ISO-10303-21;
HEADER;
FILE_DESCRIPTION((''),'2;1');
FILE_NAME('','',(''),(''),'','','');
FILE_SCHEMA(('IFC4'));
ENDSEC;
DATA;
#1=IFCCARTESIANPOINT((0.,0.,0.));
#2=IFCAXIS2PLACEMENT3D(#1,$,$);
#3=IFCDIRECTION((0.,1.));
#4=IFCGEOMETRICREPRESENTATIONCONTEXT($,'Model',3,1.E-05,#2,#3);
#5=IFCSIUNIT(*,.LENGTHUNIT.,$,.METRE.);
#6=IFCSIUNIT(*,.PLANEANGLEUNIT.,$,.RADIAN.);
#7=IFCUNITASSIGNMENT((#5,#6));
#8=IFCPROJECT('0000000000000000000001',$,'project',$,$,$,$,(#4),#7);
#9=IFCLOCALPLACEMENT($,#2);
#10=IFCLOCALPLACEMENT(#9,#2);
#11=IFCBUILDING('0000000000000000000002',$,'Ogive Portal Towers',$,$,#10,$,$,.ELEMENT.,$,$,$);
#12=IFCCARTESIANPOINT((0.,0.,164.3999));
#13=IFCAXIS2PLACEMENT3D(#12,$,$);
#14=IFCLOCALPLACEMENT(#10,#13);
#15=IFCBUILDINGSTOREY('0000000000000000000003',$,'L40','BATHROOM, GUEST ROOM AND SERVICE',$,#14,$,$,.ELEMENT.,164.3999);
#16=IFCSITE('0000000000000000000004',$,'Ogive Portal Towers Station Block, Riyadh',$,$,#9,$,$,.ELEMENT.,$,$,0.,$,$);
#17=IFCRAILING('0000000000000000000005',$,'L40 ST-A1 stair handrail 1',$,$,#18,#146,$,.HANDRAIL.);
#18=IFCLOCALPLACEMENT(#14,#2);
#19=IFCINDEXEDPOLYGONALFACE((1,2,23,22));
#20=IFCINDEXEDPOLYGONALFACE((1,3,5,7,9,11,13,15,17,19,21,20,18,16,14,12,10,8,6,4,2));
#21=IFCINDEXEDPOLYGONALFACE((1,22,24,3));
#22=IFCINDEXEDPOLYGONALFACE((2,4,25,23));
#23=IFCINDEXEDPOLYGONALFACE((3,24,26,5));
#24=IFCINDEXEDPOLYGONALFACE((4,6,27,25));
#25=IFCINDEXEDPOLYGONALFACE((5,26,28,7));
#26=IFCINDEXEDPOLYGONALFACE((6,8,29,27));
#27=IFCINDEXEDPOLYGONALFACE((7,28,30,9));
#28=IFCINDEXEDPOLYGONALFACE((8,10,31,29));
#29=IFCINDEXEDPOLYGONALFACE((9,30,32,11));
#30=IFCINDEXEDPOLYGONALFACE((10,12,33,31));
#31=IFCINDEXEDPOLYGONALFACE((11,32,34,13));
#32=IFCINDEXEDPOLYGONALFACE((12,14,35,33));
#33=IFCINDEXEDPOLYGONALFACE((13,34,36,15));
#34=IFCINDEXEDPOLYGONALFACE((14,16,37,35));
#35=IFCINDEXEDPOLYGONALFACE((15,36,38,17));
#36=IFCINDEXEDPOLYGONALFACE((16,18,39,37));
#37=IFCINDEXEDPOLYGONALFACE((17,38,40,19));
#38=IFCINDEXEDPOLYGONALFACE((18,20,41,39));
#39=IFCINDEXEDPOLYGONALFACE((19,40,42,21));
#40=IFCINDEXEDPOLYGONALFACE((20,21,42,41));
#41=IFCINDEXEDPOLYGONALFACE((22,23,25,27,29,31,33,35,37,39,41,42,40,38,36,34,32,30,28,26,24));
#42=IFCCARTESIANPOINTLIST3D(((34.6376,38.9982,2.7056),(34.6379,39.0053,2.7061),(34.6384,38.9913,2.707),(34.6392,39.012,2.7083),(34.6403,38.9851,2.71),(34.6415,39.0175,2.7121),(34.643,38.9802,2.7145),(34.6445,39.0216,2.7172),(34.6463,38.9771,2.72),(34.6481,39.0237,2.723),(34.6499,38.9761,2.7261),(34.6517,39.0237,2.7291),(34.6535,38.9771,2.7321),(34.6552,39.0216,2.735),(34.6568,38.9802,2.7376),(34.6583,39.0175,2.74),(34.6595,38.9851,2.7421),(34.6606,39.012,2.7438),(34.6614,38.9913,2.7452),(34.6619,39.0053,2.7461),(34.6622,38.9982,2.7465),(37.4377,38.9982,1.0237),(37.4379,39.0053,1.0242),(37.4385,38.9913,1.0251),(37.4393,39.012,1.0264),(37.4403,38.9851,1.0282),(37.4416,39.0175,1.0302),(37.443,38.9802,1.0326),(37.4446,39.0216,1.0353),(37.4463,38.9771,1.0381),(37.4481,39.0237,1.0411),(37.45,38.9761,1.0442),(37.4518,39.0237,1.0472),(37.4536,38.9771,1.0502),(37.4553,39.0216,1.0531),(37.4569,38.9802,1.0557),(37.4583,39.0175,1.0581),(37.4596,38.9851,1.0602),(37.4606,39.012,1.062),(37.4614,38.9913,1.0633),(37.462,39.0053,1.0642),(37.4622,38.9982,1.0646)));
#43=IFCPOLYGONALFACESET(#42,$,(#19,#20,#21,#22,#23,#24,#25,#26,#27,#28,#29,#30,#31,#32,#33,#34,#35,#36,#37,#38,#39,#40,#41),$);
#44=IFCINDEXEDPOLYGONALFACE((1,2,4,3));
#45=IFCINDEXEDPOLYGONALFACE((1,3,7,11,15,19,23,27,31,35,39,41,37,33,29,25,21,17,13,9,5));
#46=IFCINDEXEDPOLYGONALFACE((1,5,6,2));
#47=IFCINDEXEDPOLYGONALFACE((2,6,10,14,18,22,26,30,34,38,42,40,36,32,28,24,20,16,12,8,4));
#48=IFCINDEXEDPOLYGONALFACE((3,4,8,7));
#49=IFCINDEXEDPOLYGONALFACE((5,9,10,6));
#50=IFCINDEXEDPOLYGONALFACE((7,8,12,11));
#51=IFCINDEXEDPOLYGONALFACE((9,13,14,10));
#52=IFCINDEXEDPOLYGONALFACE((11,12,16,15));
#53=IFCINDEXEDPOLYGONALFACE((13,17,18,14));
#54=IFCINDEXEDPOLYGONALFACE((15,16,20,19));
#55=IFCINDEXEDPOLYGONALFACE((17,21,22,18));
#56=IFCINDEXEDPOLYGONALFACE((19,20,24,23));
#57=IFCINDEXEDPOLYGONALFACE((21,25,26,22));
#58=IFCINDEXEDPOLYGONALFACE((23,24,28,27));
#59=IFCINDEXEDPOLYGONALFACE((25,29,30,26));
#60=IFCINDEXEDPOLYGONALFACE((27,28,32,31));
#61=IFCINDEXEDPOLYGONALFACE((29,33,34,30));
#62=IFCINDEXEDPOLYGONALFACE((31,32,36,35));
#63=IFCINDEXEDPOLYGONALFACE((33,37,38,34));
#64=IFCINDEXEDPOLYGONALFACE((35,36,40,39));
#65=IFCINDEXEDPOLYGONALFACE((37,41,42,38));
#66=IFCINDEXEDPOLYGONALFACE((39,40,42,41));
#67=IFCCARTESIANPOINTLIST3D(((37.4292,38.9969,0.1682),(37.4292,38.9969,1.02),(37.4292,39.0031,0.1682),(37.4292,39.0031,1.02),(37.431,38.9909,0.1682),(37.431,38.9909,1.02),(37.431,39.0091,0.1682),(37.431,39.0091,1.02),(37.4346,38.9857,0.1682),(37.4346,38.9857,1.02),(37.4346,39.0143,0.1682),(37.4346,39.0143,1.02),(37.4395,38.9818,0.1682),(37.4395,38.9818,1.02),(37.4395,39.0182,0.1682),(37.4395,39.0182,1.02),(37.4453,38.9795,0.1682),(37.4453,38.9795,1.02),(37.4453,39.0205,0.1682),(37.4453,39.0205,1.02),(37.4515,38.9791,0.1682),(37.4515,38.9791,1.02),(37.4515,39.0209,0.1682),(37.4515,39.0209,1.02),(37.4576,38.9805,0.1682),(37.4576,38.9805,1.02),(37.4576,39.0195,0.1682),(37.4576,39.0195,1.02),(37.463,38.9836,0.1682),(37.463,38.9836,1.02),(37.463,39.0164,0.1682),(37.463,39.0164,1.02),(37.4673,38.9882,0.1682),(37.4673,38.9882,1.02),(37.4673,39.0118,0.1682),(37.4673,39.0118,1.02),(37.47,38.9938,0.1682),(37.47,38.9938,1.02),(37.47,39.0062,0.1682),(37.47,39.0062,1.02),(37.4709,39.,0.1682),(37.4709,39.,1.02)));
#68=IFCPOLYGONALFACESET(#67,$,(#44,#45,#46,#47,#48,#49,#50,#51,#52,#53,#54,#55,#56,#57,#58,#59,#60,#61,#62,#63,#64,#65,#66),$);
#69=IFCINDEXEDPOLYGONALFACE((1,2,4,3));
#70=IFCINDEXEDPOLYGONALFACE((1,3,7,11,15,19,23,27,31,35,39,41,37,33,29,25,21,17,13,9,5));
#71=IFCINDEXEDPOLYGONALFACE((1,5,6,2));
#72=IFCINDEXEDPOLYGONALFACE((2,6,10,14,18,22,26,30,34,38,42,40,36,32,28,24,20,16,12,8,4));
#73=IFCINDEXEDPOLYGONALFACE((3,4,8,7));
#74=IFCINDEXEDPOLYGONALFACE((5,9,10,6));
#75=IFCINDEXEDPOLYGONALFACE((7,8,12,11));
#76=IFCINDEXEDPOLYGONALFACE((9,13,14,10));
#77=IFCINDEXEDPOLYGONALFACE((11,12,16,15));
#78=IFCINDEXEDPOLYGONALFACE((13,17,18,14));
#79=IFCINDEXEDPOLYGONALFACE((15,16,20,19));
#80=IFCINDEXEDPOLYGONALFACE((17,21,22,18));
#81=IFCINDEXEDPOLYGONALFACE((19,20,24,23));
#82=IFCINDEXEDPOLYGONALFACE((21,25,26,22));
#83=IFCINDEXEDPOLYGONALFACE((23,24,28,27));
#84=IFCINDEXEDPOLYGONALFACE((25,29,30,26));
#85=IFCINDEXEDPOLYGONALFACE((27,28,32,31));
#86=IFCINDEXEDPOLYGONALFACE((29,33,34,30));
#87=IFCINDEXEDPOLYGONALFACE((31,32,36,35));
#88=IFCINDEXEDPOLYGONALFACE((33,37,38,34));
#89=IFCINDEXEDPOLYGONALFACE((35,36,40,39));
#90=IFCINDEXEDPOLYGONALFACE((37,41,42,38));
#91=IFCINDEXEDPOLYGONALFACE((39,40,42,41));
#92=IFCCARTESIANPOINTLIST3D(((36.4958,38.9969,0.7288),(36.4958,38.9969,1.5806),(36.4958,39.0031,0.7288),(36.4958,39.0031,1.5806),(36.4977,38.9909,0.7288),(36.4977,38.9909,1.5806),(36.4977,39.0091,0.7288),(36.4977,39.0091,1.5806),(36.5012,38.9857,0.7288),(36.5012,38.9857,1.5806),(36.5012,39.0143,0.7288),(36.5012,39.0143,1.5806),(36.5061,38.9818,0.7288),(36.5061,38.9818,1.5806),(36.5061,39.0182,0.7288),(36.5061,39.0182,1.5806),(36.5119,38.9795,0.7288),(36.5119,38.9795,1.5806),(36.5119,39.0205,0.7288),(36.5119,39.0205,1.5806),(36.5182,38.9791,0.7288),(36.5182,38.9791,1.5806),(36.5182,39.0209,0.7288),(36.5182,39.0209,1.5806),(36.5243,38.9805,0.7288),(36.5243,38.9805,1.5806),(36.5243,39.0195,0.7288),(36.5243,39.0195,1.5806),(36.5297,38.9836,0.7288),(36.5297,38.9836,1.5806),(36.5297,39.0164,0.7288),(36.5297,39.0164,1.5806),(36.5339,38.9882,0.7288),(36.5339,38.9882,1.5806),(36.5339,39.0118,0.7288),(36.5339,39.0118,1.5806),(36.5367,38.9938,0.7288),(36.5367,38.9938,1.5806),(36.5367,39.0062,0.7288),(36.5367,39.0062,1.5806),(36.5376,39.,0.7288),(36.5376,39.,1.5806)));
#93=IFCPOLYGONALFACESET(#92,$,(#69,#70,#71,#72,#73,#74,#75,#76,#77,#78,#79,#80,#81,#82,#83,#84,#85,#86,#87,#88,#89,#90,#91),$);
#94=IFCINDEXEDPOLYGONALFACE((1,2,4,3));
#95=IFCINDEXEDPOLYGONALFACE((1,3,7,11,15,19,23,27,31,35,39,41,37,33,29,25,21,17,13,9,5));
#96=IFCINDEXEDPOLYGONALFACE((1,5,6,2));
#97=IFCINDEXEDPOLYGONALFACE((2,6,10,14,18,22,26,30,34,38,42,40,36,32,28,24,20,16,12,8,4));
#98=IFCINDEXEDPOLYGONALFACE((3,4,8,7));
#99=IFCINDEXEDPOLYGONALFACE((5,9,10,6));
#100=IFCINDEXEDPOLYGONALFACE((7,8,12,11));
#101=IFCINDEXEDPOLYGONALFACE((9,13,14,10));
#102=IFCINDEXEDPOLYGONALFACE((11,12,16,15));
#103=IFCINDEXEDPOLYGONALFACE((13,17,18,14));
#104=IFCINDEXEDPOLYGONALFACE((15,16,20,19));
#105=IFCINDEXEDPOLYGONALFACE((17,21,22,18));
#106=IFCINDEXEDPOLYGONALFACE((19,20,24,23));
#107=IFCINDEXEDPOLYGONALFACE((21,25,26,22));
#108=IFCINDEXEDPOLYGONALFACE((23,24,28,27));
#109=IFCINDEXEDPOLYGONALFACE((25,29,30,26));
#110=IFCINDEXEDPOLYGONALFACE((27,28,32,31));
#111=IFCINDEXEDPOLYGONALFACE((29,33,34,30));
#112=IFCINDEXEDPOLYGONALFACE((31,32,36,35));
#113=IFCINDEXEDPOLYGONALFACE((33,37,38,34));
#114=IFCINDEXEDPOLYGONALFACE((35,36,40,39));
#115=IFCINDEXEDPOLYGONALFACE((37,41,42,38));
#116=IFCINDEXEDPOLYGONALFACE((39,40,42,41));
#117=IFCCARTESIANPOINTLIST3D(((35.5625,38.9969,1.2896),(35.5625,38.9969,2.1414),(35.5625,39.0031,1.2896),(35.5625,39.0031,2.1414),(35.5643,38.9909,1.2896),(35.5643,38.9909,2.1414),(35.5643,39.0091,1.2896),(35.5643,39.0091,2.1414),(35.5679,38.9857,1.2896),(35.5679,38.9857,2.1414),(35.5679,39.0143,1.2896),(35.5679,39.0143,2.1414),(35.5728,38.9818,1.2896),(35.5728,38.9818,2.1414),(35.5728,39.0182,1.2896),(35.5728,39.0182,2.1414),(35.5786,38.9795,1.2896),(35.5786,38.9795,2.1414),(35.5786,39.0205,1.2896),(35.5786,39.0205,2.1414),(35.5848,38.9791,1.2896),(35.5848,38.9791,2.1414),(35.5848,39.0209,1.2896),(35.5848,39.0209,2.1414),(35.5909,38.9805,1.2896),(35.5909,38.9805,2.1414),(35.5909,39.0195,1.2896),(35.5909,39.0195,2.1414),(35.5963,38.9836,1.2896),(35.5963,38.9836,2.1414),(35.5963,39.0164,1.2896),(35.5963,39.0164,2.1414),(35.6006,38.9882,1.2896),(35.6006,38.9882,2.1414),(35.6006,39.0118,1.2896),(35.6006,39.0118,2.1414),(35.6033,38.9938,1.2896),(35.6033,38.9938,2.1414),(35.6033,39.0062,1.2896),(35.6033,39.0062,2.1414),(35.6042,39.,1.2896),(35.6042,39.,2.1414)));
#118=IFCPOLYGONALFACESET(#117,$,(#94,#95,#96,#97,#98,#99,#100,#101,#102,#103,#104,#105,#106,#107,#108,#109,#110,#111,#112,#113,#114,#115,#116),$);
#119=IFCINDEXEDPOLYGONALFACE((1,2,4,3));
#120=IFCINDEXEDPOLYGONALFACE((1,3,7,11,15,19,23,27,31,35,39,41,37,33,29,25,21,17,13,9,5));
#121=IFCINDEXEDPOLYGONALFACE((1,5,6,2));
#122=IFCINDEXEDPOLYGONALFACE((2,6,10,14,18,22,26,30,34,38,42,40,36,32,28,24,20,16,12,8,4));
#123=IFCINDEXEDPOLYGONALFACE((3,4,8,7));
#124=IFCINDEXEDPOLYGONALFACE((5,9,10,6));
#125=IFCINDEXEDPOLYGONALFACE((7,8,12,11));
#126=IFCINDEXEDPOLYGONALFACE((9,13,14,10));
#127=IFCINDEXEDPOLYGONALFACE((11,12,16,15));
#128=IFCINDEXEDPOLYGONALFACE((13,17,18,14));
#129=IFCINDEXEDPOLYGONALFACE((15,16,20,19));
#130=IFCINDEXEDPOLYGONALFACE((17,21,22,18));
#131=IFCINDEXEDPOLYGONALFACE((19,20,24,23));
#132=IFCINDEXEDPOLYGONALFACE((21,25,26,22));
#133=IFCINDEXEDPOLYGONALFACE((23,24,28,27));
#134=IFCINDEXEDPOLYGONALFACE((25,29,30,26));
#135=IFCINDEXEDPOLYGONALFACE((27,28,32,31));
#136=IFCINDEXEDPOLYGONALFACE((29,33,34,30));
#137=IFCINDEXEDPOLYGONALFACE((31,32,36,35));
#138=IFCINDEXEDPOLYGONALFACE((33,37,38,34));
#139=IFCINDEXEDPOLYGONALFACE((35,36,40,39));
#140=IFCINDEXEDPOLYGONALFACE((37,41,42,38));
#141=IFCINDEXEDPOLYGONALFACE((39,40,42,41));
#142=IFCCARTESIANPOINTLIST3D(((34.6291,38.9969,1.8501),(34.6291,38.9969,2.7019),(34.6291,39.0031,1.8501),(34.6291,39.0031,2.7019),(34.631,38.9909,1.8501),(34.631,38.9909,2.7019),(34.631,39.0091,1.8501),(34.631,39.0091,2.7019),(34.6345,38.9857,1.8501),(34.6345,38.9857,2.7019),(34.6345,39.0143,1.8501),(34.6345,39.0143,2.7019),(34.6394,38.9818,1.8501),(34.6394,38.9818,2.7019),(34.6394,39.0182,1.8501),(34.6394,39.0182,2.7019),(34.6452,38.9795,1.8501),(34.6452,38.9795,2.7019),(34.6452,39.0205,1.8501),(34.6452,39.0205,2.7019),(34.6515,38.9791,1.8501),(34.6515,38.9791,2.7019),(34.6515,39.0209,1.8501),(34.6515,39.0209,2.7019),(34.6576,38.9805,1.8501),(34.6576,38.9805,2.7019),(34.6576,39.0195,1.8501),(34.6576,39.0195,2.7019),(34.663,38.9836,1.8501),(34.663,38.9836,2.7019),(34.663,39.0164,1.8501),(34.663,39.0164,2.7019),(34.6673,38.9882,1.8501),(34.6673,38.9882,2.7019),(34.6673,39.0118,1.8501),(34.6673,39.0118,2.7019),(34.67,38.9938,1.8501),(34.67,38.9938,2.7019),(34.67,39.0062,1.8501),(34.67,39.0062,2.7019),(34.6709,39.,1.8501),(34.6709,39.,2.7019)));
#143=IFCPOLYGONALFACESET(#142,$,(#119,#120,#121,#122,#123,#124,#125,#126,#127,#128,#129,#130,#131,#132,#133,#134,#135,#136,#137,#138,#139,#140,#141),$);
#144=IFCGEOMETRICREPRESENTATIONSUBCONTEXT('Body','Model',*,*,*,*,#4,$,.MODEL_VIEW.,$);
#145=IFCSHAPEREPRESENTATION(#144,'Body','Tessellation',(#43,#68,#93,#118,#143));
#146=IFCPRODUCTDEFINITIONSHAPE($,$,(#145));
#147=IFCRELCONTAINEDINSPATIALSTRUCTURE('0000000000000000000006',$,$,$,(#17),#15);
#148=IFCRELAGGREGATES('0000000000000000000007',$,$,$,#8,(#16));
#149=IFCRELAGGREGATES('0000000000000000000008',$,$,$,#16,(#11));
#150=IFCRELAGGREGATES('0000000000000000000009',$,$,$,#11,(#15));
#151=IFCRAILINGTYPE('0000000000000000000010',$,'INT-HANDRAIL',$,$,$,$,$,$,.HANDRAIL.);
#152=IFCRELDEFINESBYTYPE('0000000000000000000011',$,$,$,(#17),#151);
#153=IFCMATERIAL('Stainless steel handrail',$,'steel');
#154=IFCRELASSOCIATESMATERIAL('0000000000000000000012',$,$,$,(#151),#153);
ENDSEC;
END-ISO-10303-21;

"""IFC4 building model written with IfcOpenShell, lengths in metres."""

from ifc_helpers import new_model, si_unit, direction, frame, origin, origin_2d, place, context, subcontext, project, spatial, circle, extrude, material, type_object, element, save


model = new_model("IFC4")

# Units and contexts
model_context = context("Model", 3, precision=1e-05, world=origin(), true_north=direction((0.0, 1.0)))
body_context = subcontext(model_context, "Body", "Model", "MODEL_VIEW")
ifc_project = project(units=[si_unit("LENGTHUNIT", "METRE"), si_unit("PLANEANGLEUNIT", "RADIAN")], contexts=[model_context])

# Site, building, storey
site_placement = place(None, origin())
site = spatial("IfcSite", under=ifc_project, at=site_placement, Name="Ogive Portal Towers Station Block, Riyadh", CompositionType="ELEMENT", RefElevation=0.0)
building_placement = place(site_placement, origin())
building = spatial("IfcBuilding", under=site, at=building_placement, Name="Ogive Portal Towers", CompositionType="ELEMENT")
storey_placement = place(building_placement, frame((0.0, 0.0, 164.3999)))
storey = spatial("IfcBuildingStorey", under=building, at=storey_placement, Name="L40", Description="BATHROOM, GUEST ROOM AND SERVICE", CompositionType="ELEMENT", Elevation=164.3999)

# Railing
ifc_material_1 = material(Name="Stainless steel handrail", Category="steel")
railing_type_1 = type_object("IfcRailingType", Name="INT-HANDRAIL", PredefinedType="HANDRAIL", material=ifc_material_1)
railing_1_placement = place(storey_placement, frame((37.45, 39.0, 0.1682)))
element("IfcRailing", 1, at=railing_1_placement, inside=storey, type_object=railing_type_1, Name="L40 ST-A1 stair handrail 1", PredefinedType="HANDRAIL", context=body_context, shape_type="SweptSolid", body=[
    extrude(circle(Radius=0.0239, at=origin_2d()), frame((0.0, 0.0, 0.876), z_axis=(-0.857242, 0.0, 0.514913), x_axis=(0.0, -1.0, 0.0)), (0.0, 0.0, 1.0), 3.2664),
    extrude(circle(Radius=0.021, at=origin_2d()), origin(), (0.0, 0.0, 1.0), 0.8518),
    extrude(circle(Radius=0.021, at=origin_2d()), frame((-0.9333, 0.0, 0.5605)), (0.0, 0.0, 1.0), 0.8518),
    extrude(circle(Radius=0.021, at=origin_2d()), frame((-1.8667, 0.0, 1.1213)), (0.0, 0.0, 1.0), 0.8518),
    extrude(circle(Radius=0.021, at=origin_2d()), frame((-2.8, 0.0, 1.6819)), (0.0, 0.0, 1.0), 0.8518),
])

save(model, "model.ifc")
